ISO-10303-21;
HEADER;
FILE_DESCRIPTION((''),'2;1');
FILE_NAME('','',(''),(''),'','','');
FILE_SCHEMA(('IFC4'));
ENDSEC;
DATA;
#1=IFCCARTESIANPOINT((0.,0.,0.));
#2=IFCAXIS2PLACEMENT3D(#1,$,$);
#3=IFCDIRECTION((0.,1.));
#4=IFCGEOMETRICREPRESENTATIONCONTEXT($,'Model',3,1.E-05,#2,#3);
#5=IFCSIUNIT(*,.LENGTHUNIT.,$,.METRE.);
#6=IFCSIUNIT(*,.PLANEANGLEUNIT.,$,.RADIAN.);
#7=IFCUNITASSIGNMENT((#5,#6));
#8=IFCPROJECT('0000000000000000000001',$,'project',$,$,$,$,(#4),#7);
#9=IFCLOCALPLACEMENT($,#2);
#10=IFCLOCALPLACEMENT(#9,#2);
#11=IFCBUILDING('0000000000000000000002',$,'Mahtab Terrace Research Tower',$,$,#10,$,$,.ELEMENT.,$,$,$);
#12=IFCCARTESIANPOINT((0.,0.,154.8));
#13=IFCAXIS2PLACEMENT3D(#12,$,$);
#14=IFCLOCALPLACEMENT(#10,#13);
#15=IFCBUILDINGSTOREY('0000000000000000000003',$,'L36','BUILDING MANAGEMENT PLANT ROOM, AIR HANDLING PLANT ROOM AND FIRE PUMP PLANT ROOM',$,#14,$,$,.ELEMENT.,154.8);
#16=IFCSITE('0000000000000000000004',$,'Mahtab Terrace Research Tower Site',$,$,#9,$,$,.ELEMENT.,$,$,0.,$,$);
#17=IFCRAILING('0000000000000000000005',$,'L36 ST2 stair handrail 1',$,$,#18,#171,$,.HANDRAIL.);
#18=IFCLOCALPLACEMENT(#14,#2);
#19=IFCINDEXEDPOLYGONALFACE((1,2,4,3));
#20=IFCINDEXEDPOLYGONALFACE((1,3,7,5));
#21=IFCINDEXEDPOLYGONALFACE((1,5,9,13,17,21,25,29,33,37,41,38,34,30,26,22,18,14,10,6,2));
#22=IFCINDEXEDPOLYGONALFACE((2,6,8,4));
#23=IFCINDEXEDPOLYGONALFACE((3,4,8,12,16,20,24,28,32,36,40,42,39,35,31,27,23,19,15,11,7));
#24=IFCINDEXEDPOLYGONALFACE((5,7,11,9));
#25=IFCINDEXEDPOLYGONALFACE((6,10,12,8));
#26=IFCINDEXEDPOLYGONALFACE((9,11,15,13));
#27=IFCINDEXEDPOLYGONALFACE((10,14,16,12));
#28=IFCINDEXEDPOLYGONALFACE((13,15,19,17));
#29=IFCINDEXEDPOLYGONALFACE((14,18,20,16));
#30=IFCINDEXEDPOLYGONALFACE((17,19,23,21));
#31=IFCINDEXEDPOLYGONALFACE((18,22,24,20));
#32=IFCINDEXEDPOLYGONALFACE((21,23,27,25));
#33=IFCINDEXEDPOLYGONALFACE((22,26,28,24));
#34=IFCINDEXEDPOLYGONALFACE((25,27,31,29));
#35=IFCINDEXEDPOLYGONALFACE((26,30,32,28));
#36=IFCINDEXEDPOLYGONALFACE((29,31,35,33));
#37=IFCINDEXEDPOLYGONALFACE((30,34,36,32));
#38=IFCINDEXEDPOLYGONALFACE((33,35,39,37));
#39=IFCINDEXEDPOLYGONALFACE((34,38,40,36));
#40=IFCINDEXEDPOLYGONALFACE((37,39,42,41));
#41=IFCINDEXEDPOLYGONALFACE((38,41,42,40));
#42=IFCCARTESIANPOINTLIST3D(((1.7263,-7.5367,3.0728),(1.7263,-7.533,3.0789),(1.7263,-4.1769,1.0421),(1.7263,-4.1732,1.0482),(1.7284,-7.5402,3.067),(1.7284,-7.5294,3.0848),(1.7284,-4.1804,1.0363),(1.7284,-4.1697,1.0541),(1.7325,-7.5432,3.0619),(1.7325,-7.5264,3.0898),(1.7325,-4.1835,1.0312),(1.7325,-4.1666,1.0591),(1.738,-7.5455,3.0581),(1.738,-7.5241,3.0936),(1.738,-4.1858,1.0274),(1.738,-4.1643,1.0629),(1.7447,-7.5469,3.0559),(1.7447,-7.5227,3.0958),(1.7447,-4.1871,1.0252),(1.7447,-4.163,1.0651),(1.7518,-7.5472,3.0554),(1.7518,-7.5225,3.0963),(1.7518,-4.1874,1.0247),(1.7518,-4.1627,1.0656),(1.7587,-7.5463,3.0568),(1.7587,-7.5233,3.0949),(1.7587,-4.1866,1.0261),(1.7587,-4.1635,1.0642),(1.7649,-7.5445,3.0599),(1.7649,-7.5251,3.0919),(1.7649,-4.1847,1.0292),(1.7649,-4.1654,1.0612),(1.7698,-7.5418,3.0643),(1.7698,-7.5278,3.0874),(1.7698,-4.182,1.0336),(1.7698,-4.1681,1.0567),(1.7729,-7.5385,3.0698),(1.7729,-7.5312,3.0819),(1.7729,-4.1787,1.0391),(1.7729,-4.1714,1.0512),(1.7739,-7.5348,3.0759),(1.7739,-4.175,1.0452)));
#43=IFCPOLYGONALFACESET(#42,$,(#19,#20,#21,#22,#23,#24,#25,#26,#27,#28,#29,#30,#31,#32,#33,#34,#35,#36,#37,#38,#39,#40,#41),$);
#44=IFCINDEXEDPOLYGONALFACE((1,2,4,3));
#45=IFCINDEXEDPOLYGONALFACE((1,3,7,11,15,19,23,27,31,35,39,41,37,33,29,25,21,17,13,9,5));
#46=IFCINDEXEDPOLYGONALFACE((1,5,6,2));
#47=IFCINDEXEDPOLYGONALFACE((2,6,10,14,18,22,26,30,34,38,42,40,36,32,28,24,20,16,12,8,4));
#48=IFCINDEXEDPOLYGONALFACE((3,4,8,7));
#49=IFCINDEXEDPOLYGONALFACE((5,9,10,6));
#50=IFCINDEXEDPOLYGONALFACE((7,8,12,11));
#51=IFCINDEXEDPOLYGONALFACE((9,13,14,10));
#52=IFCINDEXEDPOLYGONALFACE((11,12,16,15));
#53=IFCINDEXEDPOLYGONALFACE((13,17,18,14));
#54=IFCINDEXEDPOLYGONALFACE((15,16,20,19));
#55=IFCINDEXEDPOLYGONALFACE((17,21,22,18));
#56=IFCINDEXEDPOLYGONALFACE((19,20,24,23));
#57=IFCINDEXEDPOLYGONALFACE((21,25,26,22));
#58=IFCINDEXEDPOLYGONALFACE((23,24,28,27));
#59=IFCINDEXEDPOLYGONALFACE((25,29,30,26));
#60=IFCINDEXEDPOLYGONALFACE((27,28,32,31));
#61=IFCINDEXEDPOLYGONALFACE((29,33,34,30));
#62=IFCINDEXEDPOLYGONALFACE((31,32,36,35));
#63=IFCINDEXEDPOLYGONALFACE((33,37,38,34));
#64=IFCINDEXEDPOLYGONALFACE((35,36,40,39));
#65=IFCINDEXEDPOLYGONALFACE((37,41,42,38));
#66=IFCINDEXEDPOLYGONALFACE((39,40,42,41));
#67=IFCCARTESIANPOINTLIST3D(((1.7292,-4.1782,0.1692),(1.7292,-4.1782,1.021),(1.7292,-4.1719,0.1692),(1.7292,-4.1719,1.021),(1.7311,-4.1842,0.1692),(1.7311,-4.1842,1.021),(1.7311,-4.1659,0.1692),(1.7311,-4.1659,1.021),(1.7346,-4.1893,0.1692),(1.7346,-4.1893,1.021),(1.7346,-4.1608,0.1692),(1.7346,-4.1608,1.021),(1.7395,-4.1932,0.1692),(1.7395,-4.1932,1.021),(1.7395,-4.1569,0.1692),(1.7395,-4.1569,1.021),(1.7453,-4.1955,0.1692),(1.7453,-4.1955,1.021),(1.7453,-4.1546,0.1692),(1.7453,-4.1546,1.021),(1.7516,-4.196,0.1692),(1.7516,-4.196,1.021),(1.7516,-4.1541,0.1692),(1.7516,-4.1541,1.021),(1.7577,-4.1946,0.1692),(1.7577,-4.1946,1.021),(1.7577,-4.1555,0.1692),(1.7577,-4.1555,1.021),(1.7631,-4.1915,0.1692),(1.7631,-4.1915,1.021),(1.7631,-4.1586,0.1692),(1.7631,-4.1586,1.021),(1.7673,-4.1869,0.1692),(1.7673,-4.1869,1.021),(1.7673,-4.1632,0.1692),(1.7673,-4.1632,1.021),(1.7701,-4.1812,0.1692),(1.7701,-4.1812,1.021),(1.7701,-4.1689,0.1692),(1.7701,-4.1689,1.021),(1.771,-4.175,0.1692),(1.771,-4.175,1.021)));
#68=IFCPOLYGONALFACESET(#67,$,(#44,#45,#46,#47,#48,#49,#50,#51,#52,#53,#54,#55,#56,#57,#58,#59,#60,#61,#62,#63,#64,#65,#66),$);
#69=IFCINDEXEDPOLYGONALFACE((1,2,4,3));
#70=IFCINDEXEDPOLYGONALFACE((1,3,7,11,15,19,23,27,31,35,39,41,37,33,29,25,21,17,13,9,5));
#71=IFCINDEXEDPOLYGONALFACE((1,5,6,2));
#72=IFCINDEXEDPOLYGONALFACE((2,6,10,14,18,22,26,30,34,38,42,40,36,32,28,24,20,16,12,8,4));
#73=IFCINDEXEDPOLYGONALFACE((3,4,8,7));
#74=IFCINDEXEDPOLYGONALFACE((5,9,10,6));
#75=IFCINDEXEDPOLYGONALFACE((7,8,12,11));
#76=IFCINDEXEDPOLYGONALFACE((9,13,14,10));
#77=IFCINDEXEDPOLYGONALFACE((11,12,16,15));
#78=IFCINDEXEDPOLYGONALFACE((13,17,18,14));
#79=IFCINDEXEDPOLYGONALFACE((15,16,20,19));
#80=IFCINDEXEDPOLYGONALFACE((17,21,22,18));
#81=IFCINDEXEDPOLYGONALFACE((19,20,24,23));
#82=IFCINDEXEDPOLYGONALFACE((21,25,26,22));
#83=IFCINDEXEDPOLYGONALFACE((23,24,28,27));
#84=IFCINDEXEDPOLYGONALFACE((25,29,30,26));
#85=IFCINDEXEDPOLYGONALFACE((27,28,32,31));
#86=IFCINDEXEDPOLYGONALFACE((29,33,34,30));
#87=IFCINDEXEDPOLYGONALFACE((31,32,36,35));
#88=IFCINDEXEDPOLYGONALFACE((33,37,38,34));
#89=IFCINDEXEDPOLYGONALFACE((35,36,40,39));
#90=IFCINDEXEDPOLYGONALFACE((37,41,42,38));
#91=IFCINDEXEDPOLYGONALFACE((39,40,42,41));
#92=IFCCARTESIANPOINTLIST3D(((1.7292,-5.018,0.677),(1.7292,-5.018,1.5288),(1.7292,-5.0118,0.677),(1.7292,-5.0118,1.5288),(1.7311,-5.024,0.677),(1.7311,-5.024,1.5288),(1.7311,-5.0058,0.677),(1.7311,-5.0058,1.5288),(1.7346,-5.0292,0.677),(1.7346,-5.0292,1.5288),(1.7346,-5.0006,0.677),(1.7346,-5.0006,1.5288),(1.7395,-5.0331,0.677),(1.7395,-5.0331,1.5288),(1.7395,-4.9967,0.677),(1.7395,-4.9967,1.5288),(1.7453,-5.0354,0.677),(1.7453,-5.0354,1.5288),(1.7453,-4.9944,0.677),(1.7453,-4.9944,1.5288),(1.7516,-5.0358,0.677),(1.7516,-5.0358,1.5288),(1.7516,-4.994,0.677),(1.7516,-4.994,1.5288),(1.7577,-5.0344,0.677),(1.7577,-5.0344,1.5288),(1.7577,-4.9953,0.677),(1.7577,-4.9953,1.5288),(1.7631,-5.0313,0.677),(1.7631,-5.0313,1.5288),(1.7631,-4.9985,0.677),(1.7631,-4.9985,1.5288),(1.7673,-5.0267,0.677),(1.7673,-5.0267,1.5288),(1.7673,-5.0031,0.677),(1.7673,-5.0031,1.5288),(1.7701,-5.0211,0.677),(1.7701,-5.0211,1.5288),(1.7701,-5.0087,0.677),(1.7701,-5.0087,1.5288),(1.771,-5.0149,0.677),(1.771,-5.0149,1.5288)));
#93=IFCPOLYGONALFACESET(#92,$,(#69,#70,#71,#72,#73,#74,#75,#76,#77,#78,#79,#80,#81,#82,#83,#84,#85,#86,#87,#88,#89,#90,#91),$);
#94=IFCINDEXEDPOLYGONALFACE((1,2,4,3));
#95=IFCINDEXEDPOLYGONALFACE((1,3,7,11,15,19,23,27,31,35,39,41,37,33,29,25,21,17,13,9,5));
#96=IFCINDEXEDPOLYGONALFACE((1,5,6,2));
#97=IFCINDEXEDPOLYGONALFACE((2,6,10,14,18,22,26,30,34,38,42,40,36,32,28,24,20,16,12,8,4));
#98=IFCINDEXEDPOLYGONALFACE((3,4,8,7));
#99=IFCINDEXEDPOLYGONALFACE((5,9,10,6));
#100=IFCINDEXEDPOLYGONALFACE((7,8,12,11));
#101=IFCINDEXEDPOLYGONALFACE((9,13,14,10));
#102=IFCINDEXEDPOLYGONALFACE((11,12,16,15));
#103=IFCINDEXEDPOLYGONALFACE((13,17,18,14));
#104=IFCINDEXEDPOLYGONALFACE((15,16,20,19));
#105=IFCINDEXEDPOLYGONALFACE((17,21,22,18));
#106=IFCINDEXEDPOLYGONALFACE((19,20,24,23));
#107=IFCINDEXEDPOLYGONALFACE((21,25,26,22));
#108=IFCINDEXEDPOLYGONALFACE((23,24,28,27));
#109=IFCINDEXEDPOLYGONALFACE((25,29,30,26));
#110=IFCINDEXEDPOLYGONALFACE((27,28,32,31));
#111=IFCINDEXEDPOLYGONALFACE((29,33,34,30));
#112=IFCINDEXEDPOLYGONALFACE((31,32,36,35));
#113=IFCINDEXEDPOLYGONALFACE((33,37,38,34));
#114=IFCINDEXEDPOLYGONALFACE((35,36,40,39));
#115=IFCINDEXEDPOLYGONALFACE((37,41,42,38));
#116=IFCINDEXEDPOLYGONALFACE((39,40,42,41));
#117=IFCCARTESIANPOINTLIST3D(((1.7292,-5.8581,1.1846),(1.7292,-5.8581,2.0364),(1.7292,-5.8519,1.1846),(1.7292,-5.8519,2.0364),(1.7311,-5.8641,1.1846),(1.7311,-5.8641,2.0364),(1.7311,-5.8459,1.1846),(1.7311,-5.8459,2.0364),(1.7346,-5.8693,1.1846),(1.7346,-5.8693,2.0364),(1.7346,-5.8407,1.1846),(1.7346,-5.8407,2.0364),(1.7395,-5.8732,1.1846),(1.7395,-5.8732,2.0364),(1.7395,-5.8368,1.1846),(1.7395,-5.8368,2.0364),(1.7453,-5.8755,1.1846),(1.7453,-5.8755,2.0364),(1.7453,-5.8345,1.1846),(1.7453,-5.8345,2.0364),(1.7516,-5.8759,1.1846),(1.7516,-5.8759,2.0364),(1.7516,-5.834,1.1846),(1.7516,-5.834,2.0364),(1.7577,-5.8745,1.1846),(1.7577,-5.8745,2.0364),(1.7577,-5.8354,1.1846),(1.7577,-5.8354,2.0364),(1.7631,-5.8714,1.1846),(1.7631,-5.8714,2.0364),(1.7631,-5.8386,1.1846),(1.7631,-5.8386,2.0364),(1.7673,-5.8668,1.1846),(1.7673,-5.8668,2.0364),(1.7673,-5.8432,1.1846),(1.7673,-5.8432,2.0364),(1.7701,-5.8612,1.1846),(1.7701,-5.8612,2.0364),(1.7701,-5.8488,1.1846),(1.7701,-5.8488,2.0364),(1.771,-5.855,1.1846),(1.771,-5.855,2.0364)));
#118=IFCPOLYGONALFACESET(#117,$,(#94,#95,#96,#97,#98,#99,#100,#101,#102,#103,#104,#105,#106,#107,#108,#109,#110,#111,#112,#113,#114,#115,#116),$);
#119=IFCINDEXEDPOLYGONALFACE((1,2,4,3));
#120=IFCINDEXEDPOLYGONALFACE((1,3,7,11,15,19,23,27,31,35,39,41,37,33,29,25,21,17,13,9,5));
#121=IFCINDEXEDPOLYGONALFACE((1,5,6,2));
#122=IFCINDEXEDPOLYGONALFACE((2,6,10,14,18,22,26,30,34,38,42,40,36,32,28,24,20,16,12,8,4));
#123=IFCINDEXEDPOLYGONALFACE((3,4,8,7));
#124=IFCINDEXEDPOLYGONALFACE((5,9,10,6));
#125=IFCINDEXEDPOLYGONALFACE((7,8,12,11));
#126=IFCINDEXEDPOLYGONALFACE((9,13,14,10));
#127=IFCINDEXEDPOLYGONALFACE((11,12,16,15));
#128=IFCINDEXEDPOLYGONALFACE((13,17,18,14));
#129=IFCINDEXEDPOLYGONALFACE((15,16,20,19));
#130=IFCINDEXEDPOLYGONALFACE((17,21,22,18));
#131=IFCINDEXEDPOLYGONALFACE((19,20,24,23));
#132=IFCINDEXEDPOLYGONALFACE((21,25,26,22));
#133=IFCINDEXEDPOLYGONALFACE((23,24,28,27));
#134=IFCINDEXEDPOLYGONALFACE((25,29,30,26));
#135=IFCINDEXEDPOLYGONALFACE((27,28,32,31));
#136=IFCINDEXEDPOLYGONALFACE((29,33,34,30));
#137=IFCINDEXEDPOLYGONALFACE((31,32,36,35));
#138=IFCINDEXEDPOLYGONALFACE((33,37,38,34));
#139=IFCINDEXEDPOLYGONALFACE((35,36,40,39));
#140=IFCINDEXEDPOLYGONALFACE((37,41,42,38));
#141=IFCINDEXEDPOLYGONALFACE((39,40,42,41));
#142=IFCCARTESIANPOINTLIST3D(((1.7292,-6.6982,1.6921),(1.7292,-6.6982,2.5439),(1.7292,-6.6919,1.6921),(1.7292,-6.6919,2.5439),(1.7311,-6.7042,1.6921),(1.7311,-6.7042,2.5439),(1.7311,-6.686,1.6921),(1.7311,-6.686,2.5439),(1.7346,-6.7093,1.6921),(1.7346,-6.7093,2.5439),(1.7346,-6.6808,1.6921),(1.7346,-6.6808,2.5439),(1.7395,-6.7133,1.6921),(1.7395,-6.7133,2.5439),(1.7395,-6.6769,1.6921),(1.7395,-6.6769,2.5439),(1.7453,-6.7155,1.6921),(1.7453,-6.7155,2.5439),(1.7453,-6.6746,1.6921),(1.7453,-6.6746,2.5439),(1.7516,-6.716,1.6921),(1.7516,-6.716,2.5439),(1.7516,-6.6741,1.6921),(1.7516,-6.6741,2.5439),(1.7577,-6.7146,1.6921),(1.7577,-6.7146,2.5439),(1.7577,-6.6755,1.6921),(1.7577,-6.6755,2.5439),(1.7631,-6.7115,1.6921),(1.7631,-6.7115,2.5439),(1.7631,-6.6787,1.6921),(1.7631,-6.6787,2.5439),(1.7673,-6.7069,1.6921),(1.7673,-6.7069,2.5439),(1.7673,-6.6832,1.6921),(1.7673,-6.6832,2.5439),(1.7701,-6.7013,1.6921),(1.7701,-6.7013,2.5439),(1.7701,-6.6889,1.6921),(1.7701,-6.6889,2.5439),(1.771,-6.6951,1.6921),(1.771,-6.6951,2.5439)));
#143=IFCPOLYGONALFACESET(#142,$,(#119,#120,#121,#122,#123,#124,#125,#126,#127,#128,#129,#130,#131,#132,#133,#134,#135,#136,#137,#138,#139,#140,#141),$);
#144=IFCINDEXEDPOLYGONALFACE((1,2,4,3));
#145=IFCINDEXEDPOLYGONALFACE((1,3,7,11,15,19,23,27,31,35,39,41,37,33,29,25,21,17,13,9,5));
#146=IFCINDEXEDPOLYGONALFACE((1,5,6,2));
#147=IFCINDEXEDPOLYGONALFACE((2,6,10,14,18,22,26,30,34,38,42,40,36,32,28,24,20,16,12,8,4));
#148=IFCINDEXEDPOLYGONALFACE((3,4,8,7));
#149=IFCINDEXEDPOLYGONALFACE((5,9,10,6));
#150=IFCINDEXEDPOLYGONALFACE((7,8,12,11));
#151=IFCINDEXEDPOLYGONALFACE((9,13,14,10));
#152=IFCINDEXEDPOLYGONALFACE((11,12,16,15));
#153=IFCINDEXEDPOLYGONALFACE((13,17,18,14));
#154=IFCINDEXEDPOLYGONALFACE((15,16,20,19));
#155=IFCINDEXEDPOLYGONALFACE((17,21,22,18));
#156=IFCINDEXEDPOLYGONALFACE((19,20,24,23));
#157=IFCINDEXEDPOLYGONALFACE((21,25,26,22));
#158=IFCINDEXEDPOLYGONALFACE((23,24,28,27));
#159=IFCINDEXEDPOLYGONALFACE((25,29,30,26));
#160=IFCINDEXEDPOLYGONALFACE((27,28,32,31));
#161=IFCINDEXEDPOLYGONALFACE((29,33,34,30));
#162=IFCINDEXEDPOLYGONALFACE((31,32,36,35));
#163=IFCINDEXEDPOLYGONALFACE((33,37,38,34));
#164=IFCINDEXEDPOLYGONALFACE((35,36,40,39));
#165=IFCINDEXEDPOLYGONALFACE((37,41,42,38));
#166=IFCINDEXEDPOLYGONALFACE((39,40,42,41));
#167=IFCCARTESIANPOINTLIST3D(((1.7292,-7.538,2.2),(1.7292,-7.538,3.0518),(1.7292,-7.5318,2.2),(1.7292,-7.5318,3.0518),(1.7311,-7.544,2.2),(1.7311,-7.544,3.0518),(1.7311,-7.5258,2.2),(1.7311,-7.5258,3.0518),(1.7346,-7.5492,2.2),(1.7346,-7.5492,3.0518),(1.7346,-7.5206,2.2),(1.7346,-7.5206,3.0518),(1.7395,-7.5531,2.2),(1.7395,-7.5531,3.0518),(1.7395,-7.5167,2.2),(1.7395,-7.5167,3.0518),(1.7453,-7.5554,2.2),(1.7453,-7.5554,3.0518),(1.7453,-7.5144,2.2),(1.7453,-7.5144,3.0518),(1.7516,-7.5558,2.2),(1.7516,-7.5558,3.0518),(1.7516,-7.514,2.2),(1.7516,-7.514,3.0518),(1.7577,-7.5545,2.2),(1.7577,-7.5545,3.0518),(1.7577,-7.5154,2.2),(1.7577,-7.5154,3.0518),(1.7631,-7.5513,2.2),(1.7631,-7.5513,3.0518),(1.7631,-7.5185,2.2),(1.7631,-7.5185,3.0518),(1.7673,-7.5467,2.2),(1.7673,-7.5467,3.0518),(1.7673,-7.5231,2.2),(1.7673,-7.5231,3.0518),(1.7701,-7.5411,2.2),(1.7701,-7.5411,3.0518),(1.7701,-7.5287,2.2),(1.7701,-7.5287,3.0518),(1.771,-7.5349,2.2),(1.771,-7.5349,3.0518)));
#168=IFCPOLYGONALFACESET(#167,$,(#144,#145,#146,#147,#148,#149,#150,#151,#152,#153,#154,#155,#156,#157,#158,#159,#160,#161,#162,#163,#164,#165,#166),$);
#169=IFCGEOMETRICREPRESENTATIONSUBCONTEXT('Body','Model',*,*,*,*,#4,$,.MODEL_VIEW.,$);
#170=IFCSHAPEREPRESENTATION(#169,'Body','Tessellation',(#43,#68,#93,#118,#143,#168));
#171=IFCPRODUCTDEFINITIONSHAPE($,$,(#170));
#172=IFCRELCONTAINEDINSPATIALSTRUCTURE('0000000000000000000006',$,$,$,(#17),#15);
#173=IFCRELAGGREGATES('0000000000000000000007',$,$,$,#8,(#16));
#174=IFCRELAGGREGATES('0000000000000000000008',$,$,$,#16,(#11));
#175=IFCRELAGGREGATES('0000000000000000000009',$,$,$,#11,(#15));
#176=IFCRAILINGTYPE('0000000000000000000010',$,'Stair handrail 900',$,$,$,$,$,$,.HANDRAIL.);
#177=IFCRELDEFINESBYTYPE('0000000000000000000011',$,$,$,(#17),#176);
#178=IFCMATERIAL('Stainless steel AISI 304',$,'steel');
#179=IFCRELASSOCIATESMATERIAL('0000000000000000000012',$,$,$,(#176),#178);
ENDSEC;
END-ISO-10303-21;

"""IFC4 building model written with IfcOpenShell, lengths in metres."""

from ifc_helpers import new_model, si_unit, direction, frame, origin, origin_2d, place, context, subcontext, project, spatial, circle, extrude, material, type_object, element, save


model = new_model("IFC4")

# Units and contexts
model_context = context("Model", 3, precision=1e-05, world=origin(), true_north=direction((0.0, 1.0)))
body_context = subcontext(model_context, "Body", "Model", "MODEL_VIEW")
ifc_project = project(units=[si_unit("LENGTHUNIT", "METRE"), si_unit("PLANEANGLEUNIT", "RADIAN")], contexts=[model_context])

# Site, building, storey
site_placement = place(None, origin())
site = spatial("IfcSite", under=ifc_project, at=site_placement, Name="Mahtab Terrace Research Tower Site", CompositionType="ELEMENT", RefElevation=0.0)
building_placement = place(site_placement, origin())
building = spatial("IfcBuilding", under=site, at=building_placement, Name="Mahtab Terrace Research Tower", CompositionType="ELEMENT")
storey_placement = place(building_placement, frame((0.0, 0.0, 154.8)))
storey = spatial("IfcBuildingStorey", under=building, at=storey_placement, Name="L36", Description="BUILDING MANAGEMENT PLANT ROOM, AIR HANDLING PLANT ROOM AND FIRE PUMP PLANT ROOM", CompositionType="ELEMENT", Elevation=154.8)

# Railing
ifc_material_1 = material(Name="Stainless steel AISI 304", Category="steel")
railing_type_1 = type_object("IfcRailingType", Name="Stair handrail 900", PredefinedType="HANDRAIL", material=ifc_material_1)
railing_1_placement = place(storey_placement, frame((1.75, -4.175, 0.1692)))
element("IfcRailing", 1, at=railing_1_placement, inside=storey, type_object=railing_type_1, Name="L36 ST2 stair handrail 1", PredefinedType="HANDRAIL", context=body_context, shape_type="SweptSolid", body=[
    extrude(circle(Radius=0.0239, at=origin_2d()), frame((0.0, 0.0, 0.876), z_axis=(0.0, -0.85582, 0.517273), x_axis=(1.0, 0.0, 0.0)), (0.0, 0.0, 1.0), 3.9258),
    extrude(circle(Radius=0.021, at=origin_2d()), origin(), (0.0, 0.0, 1.0), 0.8518),
    extrude(circle(Radius=0.021, at=origin_2d()), frame((0.0, -0.8398, 0.5078)), (0.0, 0.0, 1.0), 0.8518),
    extrude(circle(Radius=0.021, at=origin_2d()), frame((0.0, -1.6799, 1.0154)), (0.0, 0.0, 1.0), 0.8518),
    extrude(circle(Radius=0.021, at=origin_2d()), frame((0.0, -2.52, 1.5229)), (0.0, 0.0, 1.0), 0.8518),
    extrude(circle(Radius=0.021, at=origin_2d()), frame((0.0, -3.3599, 2.0308)), (0.0, 0.0, 1.0), 0.8518),
])

save(model, "model.ifc")
